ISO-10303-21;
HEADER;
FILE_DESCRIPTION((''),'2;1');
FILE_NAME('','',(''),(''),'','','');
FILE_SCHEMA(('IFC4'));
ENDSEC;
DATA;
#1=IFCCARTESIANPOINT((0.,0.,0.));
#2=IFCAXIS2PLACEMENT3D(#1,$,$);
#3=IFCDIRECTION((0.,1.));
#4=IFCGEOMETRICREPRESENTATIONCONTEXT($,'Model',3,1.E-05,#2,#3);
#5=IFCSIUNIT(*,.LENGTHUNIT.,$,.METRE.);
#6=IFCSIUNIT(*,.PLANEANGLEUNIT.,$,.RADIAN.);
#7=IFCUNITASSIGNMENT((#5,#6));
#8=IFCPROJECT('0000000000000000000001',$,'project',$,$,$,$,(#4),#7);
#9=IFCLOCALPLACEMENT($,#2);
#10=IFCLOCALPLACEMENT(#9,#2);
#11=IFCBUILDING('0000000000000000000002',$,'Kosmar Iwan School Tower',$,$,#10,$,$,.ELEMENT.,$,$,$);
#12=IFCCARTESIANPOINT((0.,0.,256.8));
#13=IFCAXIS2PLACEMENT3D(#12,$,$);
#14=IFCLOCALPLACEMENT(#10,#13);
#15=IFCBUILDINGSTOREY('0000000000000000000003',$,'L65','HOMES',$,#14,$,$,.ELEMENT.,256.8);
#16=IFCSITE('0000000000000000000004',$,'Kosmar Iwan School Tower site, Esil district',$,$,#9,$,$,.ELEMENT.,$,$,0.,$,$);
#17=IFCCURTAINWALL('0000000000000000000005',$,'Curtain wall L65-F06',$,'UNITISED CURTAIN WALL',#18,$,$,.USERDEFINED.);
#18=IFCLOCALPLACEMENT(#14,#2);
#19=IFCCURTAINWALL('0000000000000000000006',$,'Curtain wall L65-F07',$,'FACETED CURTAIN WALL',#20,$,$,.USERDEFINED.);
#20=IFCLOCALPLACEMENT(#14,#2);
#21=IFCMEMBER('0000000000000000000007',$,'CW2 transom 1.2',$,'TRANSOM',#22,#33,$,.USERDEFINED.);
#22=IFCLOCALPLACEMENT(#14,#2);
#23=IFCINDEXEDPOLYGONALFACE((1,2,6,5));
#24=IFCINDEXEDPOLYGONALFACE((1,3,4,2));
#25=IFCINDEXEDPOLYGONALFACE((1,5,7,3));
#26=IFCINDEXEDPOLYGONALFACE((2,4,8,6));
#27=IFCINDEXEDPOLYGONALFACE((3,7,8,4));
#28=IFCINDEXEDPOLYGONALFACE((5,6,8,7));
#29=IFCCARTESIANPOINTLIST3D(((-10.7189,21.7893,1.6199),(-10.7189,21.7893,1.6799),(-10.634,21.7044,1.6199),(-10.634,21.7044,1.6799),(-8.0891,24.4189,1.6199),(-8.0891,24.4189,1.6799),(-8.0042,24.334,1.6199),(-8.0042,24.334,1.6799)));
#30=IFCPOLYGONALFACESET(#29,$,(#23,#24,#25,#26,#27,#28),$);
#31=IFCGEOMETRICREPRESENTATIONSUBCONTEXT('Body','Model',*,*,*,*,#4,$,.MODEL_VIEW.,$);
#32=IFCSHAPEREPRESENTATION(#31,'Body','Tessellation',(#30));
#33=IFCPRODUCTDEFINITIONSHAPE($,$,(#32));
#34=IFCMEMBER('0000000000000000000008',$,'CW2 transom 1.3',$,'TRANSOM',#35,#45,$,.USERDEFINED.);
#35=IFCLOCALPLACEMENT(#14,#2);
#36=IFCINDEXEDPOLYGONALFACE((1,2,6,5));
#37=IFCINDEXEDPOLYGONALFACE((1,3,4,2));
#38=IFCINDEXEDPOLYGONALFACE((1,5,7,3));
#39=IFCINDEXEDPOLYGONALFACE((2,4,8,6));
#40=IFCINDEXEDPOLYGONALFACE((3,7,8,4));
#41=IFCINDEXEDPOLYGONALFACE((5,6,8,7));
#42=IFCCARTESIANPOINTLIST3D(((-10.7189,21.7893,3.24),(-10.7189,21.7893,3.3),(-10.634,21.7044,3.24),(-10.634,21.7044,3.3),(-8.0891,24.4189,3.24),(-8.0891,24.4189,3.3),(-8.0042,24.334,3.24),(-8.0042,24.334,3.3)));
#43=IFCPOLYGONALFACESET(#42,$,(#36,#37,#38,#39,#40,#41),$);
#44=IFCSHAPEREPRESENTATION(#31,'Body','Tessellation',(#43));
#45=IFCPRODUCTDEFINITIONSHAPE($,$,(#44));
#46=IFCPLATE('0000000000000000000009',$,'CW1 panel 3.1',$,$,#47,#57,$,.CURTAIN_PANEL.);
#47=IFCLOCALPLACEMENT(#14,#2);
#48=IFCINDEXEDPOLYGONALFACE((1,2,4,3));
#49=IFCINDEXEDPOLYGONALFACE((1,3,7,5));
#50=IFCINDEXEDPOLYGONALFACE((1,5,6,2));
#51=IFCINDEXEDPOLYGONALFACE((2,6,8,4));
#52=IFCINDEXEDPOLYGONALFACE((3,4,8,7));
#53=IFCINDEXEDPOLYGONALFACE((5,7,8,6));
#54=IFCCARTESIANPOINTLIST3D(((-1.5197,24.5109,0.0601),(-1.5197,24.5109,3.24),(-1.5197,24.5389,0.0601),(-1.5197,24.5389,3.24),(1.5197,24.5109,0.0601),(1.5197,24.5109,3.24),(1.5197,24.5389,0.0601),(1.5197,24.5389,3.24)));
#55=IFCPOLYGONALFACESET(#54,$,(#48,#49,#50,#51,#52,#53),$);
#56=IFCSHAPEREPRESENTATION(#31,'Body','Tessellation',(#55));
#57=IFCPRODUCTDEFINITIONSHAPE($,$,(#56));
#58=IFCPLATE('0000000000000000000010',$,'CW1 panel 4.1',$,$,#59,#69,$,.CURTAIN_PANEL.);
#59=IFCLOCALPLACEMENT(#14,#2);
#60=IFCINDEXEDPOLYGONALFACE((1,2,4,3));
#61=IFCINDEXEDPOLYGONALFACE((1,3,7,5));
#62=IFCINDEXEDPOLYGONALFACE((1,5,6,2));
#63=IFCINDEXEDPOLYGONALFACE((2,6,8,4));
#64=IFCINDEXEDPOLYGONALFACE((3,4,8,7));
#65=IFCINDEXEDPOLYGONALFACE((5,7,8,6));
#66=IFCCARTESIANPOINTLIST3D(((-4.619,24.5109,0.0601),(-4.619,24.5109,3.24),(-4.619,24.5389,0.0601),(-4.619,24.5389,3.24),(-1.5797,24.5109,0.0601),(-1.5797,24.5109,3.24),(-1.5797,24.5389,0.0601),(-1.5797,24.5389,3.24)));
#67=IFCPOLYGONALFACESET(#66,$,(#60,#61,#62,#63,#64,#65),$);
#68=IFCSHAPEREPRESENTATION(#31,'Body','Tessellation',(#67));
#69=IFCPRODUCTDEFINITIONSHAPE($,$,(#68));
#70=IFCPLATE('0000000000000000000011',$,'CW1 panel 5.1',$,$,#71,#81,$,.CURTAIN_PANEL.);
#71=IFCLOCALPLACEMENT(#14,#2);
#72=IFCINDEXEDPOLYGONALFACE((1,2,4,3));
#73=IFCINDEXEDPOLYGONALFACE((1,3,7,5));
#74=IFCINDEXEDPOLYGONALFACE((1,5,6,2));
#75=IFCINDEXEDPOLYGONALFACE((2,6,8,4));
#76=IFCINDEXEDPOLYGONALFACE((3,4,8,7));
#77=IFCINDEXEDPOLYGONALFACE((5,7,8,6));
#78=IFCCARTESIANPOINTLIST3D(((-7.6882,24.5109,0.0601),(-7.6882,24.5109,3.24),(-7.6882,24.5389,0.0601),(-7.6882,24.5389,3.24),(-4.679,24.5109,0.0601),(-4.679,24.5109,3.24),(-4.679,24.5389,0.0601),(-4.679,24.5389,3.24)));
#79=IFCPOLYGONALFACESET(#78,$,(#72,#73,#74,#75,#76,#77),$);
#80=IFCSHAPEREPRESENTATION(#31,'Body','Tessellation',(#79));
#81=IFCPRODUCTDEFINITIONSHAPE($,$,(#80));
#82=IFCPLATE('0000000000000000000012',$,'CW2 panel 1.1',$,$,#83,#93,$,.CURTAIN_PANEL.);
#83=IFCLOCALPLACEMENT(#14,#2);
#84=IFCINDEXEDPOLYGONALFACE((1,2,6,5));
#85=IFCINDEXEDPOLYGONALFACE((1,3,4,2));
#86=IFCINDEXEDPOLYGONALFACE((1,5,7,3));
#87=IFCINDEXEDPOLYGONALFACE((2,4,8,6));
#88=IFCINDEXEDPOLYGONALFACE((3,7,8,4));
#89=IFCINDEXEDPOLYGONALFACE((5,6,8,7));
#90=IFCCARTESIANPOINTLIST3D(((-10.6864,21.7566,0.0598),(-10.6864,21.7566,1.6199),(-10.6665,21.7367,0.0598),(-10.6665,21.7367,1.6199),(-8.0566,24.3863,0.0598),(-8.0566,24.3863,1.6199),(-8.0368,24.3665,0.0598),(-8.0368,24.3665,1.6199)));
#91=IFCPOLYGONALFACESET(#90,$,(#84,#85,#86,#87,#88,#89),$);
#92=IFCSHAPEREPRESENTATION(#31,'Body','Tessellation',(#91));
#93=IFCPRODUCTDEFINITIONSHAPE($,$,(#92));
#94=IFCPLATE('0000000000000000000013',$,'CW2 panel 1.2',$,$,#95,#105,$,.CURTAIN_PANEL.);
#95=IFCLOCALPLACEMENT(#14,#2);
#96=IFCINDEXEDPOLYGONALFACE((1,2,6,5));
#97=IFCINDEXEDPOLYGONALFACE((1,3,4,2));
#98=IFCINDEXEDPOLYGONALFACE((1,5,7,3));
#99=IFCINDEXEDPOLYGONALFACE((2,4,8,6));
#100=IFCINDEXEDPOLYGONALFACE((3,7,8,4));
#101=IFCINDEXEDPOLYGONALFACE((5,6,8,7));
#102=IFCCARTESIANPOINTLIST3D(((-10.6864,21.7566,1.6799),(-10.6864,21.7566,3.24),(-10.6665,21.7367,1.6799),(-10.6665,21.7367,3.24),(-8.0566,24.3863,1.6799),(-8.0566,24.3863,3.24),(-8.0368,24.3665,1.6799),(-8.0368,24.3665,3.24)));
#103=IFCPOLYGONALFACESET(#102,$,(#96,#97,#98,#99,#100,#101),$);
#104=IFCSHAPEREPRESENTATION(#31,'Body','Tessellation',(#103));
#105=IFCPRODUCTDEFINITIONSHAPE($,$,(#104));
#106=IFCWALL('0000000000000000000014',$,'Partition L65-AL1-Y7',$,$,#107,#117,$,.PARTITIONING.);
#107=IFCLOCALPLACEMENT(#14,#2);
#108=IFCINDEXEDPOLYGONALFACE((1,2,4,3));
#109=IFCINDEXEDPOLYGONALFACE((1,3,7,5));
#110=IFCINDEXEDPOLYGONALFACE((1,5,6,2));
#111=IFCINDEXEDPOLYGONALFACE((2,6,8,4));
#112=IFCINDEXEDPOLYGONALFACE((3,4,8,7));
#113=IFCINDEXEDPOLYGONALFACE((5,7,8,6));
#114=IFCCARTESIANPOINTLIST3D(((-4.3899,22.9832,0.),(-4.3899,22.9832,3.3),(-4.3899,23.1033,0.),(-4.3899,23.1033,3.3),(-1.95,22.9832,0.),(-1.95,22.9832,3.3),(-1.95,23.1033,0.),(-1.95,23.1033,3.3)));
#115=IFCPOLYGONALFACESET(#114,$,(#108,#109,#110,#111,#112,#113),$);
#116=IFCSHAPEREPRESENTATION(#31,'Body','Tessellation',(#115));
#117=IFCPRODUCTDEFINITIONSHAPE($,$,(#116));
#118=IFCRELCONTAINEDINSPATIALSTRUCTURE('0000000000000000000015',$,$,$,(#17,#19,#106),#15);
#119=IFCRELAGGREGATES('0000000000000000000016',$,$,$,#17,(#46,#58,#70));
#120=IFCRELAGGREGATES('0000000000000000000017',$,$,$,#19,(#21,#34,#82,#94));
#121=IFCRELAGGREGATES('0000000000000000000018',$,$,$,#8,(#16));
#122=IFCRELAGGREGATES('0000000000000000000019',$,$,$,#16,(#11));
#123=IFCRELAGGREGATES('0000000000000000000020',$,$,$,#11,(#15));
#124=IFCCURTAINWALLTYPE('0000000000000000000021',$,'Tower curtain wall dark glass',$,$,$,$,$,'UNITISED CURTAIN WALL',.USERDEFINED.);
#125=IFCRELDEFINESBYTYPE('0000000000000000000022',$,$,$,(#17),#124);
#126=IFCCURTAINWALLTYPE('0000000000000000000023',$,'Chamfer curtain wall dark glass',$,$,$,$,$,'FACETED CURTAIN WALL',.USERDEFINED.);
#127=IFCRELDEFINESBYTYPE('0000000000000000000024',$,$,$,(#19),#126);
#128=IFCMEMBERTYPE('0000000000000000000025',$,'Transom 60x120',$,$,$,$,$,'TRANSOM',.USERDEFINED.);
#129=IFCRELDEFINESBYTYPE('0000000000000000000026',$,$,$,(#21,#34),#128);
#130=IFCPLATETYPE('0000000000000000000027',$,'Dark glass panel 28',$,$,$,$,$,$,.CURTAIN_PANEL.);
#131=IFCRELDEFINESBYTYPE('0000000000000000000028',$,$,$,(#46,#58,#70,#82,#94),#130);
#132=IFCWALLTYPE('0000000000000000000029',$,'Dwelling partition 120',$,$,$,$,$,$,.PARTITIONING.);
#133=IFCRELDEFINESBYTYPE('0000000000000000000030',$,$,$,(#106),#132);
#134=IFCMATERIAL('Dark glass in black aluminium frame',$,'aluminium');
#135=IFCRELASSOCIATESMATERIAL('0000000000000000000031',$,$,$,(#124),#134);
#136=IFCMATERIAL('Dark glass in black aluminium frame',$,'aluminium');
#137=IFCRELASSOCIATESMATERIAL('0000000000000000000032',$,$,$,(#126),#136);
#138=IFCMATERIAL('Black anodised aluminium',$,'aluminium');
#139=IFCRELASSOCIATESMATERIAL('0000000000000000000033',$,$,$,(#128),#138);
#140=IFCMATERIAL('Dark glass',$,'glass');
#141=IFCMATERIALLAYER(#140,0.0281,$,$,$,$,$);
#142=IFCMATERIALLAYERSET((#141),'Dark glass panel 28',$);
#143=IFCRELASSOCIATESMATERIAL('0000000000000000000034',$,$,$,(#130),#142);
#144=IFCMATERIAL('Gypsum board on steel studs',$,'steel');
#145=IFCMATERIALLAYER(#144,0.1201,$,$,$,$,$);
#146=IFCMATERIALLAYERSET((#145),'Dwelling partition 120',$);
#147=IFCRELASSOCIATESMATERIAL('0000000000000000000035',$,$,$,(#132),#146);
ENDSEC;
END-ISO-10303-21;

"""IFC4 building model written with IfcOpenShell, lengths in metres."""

from ifc_helpers import new_model, si_unit, direction, frame, frame_2d, origin, origin_2d, place, context, subcontext, project, spatial, rectangle, extrude, material, layer, layer_set, material_profile, profile_set, type_object, element, aggregate, save


model = new_model("IFC4")

# Units and contexts
model_context = context("Model", 3, precision=1e-05, world=origin(), true_north=direction((0.0, 1.0)))
body_context = subcontext(model_context, "Body", "Model", "MODEL_VIEW")
ifc_project = project(units=[si_unit("LENGTHUNIT", "METRE"), si_unit("PLANEANGLEUNIT", "RADIAN")], contexts=[model_context])

# Site, building, storey
site_placement = place(None, origin())
site = spatial("IfcSite", under=ifc_project, at=site_placement, Name="Kosmar Iwan School Tower site, Esil district", CompositionType="ELEMENT", RefElevation=0.0)
building_placement = place(site_placement, origin())
building = spatial("IfcBuilding", under=site, at=building_placement, Name="Kosmar Iwan School Tower", CompositionType="ELEMENT")
storey_placement = place(building_placement, frame((0.0, 0.0, 256.8)))
storey = spatial("IfcBuildingStorey", under=building, at=storey_placement, Name="L65", Description="HOMES", CompositionType="ELEMENT", Elevation=256.8)

# Curtain wall
ifc_material_1 = material(Name="Dark glass in black aluminium frame", Category="aluminium")
curtain_wall_type_1 = type_object("IfcCurtainWallType", Name="Tower curtain wall dark glass", ElementType="UNITISED CURTAIN WALL", PredefinedType="USERDEFINED", material=ifc_material_1)
curtain_wall_1_placement = place(storey_placement, origin())
curtain_wall_1 = element("IfcCurtainWall", 1, at=curtain_wall_1_placement, inside=storey, type_object=curtain_wall_type_1, Name="Curtain wall L65-F06", ObjectType="UNITISED CURTAIN WALL", PredefinedType="USERDEFINED")

# Curtain wall
ifc_material_2 = material(Name="Dark glass in black aluminium frame", Category="aluminium")
curtain_wall_type_2 = type_object("IfcCurtainWallType", Name="Chamfer curtain wall dark glass", ElementType="FACETED CURTAIN WALL", PredefinedType="USERDEFINED", material=ifc_material_2)
curtain_wall_2_placement = place(storey_placement, origin())
curtain_wall_2 = element("IfcCurtainWall", 2, at=curtain_wall_2_placement, inside=storey, type_object=curtain_wall_type_2, Name="Curtain wall L65-F07", ObjectType="FACETED CURTAIN WALL", PredefinedType="USERDEFINED")

# Members
ifc_material_3 = material(Name="Black anodised aluminium", Category="aluminium")
ifc_material_profile_1 = material_profile(ifc_material_3, rectangle(XDim=0.1201, YDim=0.0601, at=origin_2d()), Name="TRANSOM 60x120")
ifc_profile_set_1 = profile_set([ifc_material_profile_1], Name="Black anodised aluminium")
member_type_1 = type_object("IfcMemberType", Name="Transom 60x120", ElementType="TRANSOM", PredefinedType="USERDEFINED", material=ifc_profile_set_1)
member_1_placement = place(storey_placement, frame((-8.0466, 24.3765, 1.6499), z_axis=(-0.70714, -0.707074, 0.0), x_axis=(0.707074, -0.70714, 0.0)))
member_1 = element("IfcMember", 3, at=member_1_placement, type_object=member_type_1, Name="CW2 transom 1.2", ObjectType="TRANSOM", PredefinedType="USERDEFINED", context=body_context, shape_type="SweptSolid", body=[
    extrude(rectangle(XDim=0.1201, YDim=0.0601, at=origin_2d()), origin(), (0.0, 0.0, 1.0), 3.719),
])
member_2_placement = place(storey_placement, frame((-8.0466, 24.3765, 3.27), z_axis=(-0.70714, -0.707074, 0.0), x_axis=(0.707074, -0.70714, 0.0)))
member_2 = element("IfcMember", 4, at=member_2_placement, type_object=member_type_1, Name="CW2 transom 1.3", ObjectType="TRANSOM", PredefinedType="USERDEFINED", context=body_context, shape_type="SweptSolid", body=[
    extrude(rectangle(XDim=0.1201, YDim=0.0601, at=origin_2d()), origin(), (0.0, 0.0, 1.0), 3.719),
])

# Plates
ifc_material_4 = material(Name="Dark glass", Category="glass")
ifc_layer_1 = layer(ifc_material_4, 0.0281)
ifc_layer_set_1 = layer_set([ifc_layer_1], Name="Dark glass panel 28")
plate_type = type_object("IfcPlateType", Name="Dark glass panel 28", PredefinedType="CURTAIN_PANEL", material=ifc_layer_set_1)
plate_1_placement = place(storey_placement, frame((0.0, 24.5249, 0.0601), z_axis=(0.0, 0.0, 1.0), x_axis=(-1.0, 0.0, 0.0)))
plate_1 = element("IfcPlate", 5, at=plate_1_placement, type_object=plate_type, Name="CW1 panel 3.1", PredefinedType="CURTAIN_PANEL", context=body_context, shape_type="SweptSolid", body=[
    extrude(rectangle(XDim=3.0393, YDim=0.0281, at=origin_2d()), origin(), (0.0, 0.0, 1.0), 3.1799),
])
plate_2_placement = place(storey_placement, frame((-3.0994, 24.5249, 0.0601), z_axis=(0.0, 0.0, 1.0), x_axis=(-1.0, 0.0, 0.0)))
plate_2 = element("IfcPlate", 6, at=plate_2_placement, type_object=plate_type, Name="CW1 panel 4.1", PredefinedType="CURTAIN_PANEL", context=body_context, shape_type="SweptSolid", body=[
    extrude(rectangle(XDim=3.0393, YDim=0.0281, at=origin_2d()), origin(), (0.0, 0.0, 1.0), 3.1799),
])
plate_3_placement = place(storey_placement, frame((-6.1836, 24.5249, 0.0601), z_axis=(0.0, 0.0, 1.0), x_axis=(-1.0, 0.0, 0.0)))
plate_3 = element("IfcPlate", 7, at=plate_3_placement, type_object=plate_type, Name="CW1 panel 5.1", PredefinedType="CURTAIN_PANEL", context=body_context, shape_type="SweptSolid", body=[
    extrude(rectangle(XDim=3.0093, YDim=0.0281, at=origin_2d()), origin(), (0.0, 0.0, 1.0), 3.1799),
])
aggregate(curtain_wall_1, [plate_1, plate_2, plate_3])
plate_4_placement = place(storey_placement, frame((-9.3616, 23.0615, 0.0598), z_axis=(0.0, 0.0, 1.0), x_axis=(-0.707107, -0.707107, 0.0)))
plate_4 = element("IfcPlate", 8, at=plate_4_placement, type_object=plate_type, Name="CW2 panel 1.1", PredefinedType="CURTAIN_PANEL", context=body_context, shape_type="SweptSolid", body=[
    extrude(rectangle(XDim=3.719, YDim=0.0281, at=origin_2d()), origin(), (0.0, 0.0, 1.0), 1.5601),
])
plate_5_placement = place(storey_placement, frame((-9.3616, 23.0615, 1.6799), z_axis=(0.0, 0.0, 1.0), x_axis=(-0.707107, -0.707107, 0.0)))
plate_5 = element("IfcPlate", 9, at=plate_5_placement, type_object=plate_type, Name="CW2 panel 1.2", PredefinedType="CURTAIN_PANEL", context=body_context, shape_type="SweptSolid", body=[
    extrude(rectangle(XDim=3.719, YDim=0.0281, at=origin_2d()), origin(), (0.0, 0.0, 1.0), 1.5601),
])
aggregate(curtain_wall_2, [member_1, member_2, plate_4, plate_5])

# Wall
ifc_material_5 = material(Name="Gypsum board on steel studs", Category="steel")
ifc_layer_2 = layer(ifc_material_5, 0.1201)
ifc_layer_set_2 = layer_set([ifc_layer_2], Name="Dwelling partition 120")
wall_type = type_object("IfcWallType", Name="Dwelling partition 120", PredefinedType="PARTITIONING", material=ifc_layer_set_2)
wall_placement = place(storey_placement, frame((-1.95, 23.0432, 0.0), z_axis=(0.0, 0.0, 1.0), x_axis=(-1.0, 0.0, 0.0)))
element("IfcWall", 10, at=wall_placement, inside=storey, type_object=wall_type, Name="Partition L65-AL1-Y7", PredefinedType="PARTITIONING", context=body_context, shape_type="SweptSolid", body=[
    extrude(rectangle(XDim=2.4399, YDim=0.1201, at=frame_2d((1.22, 0.0))), origin(), (0.0, 0.0, 1.0), 3.3),
])

save(model, "model.ifc")
